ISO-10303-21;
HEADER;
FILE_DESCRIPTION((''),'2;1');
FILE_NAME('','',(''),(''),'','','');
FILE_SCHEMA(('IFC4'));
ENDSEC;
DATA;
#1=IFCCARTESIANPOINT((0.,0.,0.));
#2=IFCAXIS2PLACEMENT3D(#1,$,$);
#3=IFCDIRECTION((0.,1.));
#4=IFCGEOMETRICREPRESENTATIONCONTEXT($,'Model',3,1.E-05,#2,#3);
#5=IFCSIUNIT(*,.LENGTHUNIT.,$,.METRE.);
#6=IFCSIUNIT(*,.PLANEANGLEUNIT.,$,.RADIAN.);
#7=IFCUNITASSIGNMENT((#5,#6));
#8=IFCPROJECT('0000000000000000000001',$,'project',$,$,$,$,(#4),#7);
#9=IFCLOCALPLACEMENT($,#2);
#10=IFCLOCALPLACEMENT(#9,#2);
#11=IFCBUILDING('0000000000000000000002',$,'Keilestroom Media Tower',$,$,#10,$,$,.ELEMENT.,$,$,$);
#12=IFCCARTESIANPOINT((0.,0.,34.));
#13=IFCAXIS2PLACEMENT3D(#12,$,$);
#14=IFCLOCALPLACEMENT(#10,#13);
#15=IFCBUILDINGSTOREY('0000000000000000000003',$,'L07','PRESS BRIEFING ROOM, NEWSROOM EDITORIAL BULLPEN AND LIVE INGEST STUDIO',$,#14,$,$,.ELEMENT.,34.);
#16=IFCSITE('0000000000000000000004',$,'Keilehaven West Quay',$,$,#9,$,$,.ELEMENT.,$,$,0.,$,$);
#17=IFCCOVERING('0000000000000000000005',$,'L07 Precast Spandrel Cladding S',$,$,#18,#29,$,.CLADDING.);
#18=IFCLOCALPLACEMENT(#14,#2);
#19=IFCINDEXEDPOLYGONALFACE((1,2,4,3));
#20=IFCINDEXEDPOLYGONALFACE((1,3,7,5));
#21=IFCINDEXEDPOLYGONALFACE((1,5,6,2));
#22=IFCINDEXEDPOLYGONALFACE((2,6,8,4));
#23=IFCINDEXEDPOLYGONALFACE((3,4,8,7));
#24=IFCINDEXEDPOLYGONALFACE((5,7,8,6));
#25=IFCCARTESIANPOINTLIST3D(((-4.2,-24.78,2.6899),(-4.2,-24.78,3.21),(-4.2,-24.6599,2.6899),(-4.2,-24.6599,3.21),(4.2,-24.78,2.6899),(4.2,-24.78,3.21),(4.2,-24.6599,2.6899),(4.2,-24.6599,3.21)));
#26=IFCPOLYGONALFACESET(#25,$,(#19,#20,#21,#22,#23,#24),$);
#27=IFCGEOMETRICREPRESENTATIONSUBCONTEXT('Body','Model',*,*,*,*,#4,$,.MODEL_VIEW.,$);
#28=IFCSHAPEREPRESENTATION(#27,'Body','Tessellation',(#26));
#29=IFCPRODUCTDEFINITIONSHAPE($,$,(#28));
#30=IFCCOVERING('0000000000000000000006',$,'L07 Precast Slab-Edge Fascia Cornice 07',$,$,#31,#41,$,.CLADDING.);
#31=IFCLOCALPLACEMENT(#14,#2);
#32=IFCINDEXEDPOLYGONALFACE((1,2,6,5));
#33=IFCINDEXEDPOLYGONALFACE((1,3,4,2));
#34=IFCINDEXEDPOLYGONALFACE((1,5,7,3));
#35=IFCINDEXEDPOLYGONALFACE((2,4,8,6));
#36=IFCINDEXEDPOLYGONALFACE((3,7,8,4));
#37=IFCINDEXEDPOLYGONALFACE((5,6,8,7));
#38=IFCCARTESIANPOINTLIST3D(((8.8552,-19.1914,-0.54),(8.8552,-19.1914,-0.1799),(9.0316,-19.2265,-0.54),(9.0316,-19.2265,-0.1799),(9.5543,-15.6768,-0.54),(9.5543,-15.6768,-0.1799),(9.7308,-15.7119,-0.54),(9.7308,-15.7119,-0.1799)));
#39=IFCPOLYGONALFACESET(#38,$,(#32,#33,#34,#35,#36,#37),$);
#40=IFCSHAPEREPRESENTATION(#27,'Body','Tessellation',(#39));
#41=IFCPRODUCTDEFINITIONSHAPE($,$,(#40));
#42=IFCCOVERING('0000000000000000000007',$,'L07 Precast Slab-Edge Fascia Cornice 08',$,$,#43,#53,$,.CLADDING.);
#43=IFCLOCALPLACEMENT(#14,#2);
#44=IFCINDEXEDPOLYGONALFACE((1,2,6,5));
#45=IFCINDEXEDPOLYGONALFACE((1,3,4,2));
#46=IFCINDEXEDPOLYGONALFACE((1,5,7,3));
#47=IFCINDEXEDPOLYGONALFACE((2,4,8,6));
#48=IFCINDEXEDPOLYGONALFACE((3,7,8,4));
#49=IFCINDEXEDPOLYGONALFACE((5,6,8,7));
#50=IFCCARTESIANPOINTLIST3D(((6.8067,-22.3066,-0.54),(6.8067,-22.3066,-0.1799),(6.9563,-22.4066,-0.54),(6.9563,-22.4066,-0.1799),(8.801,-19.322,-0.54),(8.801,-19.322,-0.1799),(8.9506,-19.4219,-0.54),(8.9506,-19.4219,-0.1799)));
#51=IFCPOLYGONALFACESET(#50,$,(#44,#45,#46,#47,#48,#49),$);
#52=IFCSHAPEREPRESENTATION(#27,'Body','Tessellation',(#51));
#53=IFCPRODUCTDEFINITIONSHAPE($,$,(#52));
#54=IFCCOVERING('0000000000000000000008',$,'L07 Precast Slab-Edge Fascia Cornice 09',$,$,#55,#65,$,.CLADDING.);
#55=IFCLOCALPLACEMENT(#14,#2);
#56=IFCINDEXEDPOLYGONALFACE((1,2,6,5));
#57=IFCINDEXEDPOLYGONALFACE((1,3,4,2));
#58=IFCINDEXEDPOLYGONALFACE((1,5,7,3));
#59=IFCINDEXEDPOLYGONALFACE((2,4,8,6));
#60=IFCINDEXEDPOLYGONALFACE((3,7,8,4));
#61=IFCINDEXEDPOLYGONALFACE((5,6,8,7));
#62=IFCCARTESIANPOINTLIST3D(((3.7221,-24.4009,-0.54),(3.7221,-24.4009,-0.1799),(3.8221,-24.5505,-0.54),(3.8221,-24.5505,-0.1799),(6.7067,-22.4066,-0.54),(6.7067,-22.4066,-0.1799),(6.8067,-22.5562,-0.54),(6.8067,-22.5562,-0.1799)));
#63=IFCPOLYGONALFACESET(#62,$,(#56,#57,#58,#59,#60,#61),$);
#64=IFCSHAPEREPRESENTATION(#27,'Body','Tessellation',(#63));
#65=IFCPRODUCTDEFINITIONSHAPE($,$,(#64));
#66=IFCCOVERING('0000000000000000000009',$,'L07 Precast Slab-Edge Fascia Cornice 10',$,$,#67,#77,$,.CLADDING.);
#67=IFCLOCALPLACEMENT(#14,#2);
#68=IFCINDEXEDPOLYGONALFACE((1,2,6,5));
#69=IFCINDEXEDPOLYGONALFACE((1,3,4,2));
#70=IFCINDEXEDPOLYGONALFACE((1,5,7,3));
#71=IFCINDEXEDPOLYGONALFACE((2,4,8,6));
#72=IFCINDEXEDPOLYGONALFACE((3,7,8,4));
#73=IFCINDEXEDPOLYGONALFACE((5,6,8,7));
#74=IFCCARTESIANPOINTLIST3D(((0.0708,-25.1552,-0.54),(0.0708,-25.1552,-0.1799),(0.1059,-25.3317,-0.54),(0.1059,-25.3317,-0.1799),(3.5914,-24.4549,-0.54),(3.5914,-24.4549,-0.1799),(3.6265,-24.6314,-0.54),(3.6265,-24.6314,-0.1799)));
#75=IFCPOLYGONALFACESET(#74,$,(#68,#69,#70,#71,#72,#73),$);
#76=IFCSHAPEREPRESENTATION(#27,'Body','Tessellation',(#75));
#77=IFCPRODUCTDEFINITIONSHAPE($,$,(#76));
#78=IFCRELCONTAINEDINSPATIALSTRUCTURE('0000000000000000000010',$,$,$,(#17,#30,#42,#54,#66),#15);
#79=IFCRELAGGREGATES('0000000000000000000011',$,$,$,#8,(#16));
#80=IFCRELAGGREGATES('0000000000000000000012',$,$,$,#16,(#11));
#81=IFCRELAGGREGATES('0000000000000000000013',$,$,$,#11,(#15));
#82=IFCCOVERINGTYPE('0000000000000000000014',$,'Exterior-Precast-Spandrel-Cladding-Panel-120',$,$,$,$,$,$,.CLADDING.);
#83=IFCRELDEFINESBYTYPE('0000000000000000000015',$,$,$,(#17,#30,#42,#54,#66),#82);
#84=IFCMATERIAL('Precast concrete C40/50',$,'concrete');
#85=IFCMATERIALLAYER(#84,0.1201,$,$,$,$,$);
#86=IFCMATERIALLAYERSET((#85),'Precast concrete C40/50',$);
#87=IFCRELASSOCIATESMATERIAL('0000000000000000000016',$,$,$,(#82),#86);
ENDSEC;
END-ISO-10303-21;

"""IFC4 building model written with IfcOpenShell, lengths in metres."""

from ifc_helpers import new_model, si_unit, direction, frame, origin, origin_2d, place, context, subcontext, project, spatial, rectangle, extrude, source, transform, mapped, material, layer, layer_set, type_object, element, save


model = new_model("IFC4")

# Units and contexts
model_context = context("Model", 3, precision=1e-05, world=origin(), true_north=direction((0.0, 1.0)))
body_context = subcontext(model_context, "Body", "Model", "MODEL_VIEW")
ifc_project = project(units=[si_unit("LENGTHUNIT", "METRE"), si_unit("PLANEANGLEUNIT", "RADIAN")], contexts=[model_context])

# Site, building, storey
site_placement = place(None, origin())
site = spatial("IfcSite", under=ifc_project, at=site_placement, Name="Keilehaven West Quay", CompositionType="ELEMENT", RefElevation=0.0)
building_placement = place(site_placement, origin())
building = spatial("IfcBuilding", under=site, at=building_placement, Name="Keilestroom Media Tower", CompositionType="ELEMENT")
storey_placement = place(building_placement, frame((0.0, 0.0, 34.0)))
storey = spatial("IfcBuildingStorey", under=building, at=storey_placement, Name="L07", Description="PRESS BRIEFING ROOM, NEWSROOM EDITORIAL BULLPEN AND LIVE INGEST STUDIO", CompositionType="ELEMENT", Elevation=34.0)

# Shared definitions
ifc_material_1 = material(Name="Precast concrete C40/50", Category="concrete")

# Coverings
ifc_layer_1 = layer(ifc_material_1, 0.1201)
ifc_layer_set_1 = layer_set([ifc_layer_1], Name="Precast concrete C40/50")
covering_type = type_object("IfcCoveringType", Name="Exterior-Precast-Spandrel-Cladding-Panel-120", PredefinedType="CLADDING", material=ifc_layer_set_1)
shared_shape_1 = source(origin(), body_context, "Body", "SweptSolid", [
    extrude(rectangle(XDim=8.3999, YDim=0.1201, at=origin_2d()), origin(), (0.0, 0.0, 1.0), 0.52),
])
covering_1_placement = place(storey_placement, frame((0.0, -24.72, 2.6899), z_axis=(0.0, 0.0, 1.0), x_axis=(1.0, 0.0, 0.0)))
element("IfcCovering", 1, at=covering_1_placement, inside=storey, type_object=covering_type, Name="L07 Precast Spandrel Cladding S", PredefinedType="CLADDING", context=body_context, shape_type="MappedRepresentation", body=[
    mapped(shared_shape_1, transform((0.0, 0.0, 0.0), x_axis=(1.0, 0.0, 0.0), y_axis=(0.0, 1.0, 0.0), z_axis=(0.0, 0.0, 1.0), scale=1.0)),
])
shared_shape_2 = source(origin(), body_context, "Body", "SweptSolid", [
    extrude(rectangle(XDim=3.5835, YDim=0.1799, at=origin_2d()), origin(), (0.0, 0.0, 1.0), 0.3601),
])
covering_2_placement = place(storey_placement, frame((9.293, -17.4517, -0.54), z_axis=(0.0, 0.0, 1.0), x_axis=(-0.195099, -0.980784, 0.0)))
element("IfcCovering", 2, at=covering_2_placement, inside=storey, type_object=covering_type, Name="L07 Precast Slab-Edge Fascia Cornice 07", PredefinedType="CLADDING", context=body_context, shape_type="MappedRepresentation", body=[
    mapped(shared_shape_2, transform((0.0, 0.0, 0.0), x_axis=(1.0, 0.0, 0.0), y_axis=(0.0, 1.0, 0.0), z_axis=(0.0, 0.0, 1.0), scale=1.0)),
])
shared_shape_3 = source(origin(), body_context, "Body", "SweptSolid", [
    extrude(rectangle(XDim=3.5896, YDim=0.1799, at=origin_2d()), origin(), (0.0, 0.0, 1.0), 0.3601),
])
for number, where, z_axis, x_axis, name in (
    (3, (7.8787, -20.8643, -0.54), (0.0, 0.0, 1.0), (-0.555575, -0.831467, 0.0), "L07 Precast Slab-Edge Fascia Cornice 08"),
    (4, (5.2644, -23.4785, -0.54), (0.0, 0.0, 1.0), (-0.831467, -0.555575, 0.0), "L07 Precast Slab-Edge Fascia Cornice 09"),
    (5, (1.8486, -24.8933, -0.54), (0.0, 0.0, 1.0), (-0.980784, -0.195099, 0.0), "L07 Precast Slab-Edge Fascia Cornice 10"),
):
    element("IfcCovering", number, at=place(storey_placement, frame(where, z_axis=z_axis, x_axis=x_axis)), inside=storey, type_object=covering_type, Name=name, PredefinedType="CLADDING", context=body_context, shape_type="MappedRepresentation", body=[
        mapped(shared_shape_3, transform((0.0, 0.0, 0.0), x_axis=(1.0, 0.0, 0.0), y_axis=(0.0, 1.0, 0.0), z_axis=(0.0, 0.0, 1.0), scale=1.0)),
    ])

save(model, "model.ifc")
